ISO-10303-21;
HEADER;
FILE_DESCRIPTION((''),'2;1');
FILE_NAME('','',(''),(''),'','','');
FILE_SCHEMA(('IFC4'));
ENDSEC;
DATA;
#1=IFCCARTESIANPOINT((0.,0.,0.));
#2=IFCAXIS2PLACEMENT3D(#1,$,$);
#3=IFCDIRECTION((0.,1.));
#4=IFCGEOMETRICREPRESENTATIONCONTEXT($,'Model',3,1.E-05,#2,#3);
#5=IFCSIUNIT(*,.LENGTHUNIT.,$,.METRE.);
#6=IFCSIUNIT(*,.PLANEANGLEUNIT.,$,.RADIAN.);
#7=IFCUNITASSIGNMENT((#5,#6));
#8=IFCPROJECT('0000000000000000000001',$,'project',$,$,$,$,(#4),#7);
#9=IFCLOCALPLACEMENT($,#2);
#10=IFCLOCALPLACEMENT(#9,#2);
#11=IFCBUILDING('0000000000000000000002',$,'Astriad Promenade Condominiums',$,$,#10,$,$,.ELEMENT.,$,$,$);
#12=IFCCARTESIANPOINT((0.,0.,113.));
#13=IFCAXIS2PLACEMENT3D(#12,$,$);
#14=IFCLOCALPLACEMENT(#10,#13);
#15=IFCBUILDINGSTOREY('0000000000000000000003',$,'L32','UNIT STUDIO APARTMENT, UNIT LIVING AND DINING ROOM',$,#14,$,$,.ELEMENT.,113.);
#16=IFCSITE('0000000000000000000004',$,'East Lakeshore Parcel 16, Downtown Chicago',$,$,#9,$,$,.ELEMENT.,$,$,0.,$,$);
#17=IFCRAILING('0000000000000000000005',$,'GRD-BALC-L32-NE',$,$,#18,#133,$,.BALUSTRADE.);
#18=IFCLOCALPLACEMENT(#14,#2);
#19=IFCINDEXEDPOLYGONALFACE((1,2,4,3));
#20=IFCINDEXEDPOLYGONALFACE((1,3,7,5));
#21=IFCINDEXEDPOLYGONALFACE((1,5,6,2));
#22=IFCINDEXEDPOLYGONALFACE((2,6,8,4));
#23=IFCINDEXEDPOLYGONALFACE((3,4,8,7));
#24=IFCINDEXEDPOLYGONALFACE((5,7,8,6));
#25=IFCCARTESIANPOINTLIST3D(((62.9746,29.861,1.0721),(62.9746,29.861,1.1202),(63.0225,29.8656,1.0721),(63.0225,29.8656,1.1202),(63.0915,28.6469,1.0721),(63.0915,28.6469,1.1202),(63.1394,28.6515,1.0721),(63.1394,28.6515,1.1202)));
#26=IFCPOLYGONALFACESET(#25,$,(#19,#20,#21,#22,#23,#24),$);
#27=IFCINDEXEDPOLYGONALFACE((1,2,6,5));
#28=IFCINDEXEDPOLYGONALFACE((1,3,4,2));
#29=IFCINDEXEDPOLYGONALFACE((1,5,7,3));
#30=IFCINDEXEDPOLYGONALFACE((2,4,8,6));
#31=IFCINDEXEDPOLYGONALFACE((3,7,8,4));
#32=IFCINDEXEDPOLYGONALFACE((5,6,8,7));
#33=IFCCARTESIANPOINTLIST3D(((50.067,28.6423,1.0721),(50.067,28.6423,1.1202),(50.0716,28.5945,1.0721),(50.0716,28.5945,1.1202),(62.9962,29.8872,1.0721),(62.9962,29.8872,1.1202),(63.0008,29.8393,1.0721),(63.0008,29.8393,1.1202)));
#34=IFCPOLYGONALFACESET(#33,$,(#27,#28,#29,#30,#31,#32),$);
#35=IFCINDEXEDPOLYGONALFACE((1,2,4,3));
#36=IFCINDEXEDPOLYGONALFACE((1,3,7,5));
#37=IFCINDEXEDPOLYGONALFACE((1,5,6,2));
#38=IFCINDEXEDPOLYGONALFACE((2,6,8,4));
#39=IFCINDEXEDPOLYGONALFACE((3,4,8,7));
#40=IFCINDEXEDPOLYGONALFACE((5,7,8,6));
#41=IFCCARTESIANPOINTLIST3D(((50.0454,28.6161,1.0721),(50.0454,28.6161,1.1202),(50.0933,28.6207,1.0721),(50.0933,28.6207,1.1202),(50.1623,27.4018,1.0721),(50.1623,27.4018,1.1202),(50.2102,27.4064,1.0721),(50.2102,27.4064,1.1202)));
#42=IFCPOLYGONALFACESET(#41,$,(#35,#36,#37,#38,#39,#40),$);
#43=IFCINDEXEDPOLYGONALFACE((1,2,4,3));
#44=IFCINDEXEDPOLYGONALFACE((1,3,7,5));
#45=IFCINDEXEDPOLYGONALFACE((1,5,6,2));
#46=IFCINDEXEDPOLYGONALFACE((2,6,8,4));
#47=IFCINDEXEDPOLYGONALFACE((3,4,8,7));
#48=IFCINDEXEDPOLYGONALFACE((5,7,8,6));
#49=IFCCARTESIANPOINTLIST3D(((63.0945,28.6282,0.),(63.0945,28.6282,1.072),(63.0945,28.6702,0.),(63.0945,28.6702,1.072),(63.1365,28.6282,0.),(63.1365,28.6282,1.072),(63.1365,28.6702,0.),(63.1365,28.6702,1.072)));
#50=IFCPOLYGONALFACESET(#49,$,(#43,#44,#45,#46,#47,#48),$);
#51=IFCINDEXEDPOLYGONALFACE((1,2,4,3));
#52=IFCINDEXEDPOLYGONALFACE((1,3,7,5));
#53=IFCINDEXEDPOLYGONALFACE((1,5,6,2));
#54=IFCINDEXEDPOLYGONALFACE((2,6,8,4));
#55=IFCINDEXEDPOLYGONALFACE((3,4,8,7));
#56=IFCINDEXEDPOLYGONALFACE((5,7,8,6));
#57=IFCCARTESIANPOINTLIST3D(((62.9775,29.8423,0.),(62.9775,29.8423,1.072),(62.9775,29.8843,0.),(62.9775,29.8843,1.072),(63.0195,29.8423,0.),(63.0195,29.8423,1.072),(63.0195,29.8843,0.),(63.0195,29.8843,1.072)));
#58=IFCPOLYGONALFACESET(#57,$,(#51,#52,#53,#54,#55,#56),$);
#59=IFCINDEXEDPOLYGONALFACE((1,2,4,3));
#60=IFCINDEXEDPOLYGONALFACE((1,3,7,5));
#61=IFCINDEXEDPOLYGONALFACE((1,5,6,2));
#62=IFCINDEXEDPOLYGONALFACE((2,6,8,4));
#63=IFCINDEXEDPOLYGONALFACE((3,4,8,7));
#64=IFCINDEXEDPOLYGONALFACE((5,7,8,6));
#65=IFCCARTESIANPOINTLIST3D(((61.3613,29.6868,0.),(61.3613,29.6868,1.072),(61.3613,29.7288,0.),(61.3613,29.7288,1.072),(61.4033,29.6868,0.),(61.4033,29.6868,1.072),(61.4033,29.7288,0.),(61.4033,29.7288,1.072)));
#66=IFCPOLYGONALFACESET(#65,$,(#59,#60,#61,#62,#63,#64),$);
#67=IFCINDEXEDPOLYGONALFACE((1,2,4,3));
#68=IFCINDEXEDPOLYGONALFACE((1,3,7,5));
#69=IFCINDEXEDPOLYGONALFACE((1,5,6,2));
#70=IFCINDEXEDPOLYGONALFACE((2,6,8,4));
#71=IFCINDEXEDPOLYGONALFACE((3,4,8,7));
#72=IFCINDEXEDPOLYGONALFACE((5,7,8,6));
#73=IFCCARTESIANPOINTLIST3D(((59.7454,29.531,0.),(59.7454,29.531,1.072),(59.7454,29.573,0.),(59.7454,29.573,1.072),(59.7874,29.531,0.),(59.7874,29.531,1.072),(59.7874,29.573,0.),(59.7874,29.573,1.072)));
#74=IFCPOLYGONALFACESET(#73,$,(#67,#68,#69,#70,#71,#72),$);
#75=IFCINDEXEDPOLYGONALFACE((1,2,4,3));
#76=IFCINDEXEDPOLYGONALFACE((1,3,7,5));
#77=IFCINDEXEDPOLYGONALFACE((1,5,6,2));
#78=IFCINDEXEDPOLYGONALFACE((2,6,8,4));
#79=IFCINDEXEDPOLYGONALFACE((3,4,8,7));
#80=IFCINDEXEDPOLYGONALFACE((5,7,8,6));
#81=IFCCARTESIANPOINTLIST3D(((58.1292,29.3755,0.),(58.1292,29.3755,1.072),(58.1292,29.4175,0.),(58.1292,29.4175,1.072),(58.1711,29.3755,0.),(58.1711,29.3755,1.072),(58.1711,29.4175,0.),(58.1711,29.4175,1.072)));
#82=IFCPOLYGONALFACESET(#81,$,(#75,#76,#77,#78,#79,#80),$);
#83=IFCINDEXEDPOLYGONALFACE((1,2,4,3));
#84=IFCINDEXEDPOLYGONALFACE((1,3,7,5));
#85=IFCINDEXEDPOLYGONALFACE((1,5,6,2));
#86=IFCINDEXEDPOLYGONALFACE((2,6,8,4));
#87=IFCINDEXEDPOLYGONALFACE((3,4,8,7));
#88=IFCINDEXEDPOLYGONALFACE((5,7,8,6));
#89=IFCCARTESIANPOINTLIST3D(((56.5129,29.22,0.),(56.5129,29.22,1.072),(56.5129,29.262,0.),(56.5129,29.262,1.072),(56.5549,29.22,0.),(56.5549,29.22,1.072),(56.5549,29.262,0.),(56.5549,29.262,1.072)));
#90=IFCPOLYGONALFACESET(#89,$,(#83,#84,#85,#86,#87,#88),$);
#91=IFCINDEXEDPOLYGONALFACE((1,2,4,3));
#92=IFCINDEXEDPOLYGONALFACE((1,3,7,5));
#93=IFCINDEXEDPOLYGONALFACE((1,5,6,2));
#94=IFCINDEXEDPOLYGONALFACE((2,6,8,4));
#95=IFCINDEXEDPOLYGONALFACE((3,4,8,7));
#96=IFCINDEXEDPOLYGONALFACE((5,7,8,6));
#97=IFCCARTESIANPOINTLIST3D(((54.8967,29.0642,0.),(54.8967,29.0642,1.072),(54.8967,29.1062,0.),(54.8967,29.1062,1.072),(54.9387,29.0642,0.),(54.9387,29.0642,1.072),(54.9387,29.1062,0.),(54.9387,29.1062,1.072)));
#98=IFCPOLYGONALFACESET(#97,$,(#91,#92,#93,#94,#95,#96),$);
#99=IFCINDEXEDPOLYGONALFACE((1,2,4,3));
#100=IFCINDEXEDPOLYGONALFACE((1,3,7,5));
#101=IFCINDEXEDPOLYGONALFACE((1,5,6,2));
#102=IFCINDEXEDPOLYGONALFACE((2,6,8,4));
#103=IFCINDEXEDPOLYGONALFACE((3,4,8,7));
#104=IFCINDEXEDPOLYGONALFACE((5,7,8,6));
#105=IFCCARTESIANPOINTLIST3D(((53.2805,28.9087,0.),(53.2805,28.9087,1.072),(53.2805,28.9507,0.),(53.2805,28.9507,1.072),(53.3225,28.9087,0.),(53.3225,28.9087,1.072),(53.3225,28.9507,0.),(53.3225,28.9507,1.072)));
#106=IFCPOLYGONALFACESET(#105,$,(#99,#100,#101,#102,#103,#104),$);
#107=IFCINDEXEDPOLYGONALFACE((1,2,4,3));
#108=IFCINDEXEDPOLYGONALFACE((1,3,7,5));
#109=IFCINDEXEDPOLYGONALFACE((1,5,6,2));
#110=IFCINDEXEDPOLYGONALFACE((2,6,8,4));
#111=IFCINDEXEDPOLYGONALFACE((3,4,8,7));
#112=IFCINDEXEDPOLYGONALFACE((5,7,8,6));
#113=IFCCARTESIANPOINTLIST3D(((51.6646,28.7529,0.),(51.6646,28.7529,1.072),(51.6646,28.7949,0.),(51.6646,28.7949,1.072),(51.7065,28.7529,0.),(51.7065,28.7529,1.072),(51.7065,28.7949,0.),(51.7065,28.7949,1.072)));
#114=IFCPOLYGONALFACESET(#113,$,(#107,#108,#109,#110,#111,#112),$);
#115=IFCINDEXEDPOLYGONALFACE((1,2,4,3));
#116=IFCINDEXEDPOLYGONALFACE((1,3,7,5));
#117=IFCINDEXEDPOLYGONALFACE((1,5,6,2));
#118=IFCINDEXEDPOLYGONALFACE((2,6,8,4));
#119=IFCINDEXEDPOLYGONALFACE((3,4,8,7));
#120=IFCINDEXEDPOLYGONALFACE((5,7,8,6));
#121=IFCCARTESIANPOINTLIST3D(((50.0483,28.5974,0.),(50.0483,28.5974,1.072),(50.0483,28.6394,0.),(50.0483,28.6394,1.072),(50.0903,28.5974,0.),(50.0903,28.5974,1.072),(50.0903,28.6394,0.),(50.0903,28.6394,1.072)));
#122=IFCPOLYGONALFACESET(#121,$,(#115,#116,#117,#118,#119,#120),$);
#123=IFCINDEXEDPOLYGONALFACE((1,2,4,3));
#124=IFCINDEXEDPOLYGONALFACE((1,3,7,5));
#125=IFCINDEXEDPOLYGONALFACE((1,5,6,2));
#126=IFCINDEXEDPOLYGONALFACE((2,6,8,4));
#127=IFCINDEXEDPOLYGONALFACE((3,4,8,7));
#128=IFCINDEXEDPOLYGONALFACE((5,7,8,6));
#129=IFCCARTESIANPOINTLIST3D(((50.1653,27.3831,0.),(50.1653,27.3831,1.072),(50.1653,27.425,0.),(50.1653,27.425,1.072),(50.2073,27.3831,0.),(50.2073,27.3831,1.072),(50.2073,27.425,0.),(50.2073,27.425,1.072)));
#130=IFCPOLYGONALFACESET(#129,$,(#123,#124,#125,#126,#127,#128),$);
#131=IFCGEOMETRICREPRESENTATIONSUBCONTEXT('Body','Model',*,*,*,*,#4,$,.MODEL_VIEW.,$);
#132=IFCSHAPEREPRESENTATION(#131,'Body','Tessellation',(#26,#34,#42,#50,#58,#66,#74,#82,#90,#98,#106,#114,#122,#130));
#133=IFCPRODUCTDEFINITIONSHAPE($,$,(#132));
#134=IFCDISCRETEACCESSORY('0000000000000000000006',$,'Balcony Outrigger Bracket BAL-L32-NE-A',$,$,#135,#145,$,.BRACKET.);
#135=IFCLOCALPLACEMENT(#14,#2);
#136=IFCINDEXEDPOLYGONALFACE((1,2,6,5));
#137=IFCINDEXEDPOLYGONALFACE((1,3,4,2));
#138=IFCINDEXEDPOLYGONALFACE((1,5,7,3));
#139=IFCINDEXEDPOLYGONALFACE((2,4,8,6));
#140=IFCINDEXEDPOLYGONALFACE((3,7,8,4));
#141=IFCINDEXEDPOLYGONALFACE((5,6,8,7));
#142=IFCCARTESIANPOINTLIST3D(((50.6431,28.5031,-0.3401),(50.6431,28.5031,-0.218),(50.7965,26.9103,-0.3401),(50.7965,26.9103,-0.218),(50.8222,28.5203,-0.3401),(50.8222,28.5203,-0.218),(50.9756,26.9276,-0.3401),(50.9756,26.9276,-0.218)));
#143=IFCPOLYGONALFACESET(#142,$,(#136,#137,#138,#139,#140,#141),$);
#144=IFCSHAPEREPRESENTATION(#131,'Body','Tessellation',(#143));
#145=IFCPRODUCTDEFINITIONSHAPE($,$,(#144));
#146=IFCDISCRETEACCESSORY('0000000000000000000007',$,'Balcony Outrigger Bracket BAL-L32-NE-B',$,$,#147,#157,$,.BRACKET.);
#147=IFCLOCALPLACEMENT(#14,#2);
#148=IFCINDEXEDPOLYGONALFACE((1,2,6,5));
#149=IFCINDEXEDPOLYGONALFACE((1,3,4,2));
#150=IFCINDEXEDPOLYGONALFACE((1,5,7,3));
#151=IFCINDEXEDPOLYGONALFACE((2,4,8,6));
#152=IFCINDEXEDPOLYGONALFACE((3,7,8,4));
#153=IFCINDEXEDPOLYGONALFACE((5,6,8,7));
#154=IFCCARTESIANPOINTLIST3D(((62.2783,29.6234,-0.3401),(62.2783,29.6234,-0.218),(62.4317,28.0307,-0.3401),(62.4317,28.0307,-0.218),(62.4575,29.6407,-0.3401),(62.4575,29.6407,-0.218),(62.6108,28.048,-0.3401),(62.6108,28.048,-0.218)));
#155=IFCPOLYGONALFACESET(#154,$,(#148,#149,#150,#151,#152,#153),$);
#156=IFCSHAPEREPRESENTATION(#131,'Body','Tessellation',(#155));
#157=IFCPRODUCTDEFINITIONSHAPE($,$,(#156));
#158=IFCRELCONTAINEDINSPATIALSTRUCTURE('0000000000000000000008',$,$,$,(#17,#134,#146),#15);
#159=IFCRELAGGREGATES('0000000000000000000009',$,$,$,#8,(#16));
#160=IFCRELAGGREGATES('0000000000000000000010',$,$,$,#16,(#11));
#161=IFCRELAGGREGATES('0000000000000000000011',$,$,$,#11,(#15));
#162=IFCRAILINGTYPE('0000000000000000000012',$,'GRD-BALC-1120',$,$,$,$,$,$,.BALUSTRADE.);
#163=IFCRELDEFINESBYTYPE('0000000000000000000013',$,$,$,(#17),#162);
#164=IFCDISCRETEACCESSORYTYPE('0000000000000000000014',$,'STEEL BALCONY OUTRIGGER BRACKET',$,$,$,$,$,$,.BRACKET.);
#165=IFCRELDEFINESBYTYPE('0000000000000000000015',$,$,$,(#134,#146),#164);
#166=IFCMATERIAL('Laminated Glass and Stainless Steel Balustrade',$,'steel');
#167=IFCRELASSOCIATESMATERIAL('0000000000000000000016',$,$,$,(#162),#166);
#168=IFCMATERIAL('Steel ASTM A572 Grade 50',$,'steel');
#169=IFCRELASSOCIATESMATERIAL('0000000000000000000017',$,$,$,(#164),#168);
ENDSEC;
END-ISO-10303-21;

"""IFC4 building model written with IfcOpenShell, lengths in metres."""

from ifc_helpers import new_model, si_unit, direction, frame, origin, origin_2d, place, context, subcontext, project, spatial, rectangle, extrude, source, transform, mapped, material, type_object, type_shapes, element, save


model = new_model("IFC4")

# Units and contexts
model_context = context("Model", 3, precision=1e-05, world=origin(), true_north=direction((0.0, 1.0)))
body_context = subcontext(model_context, "Body", "Model", "MODEL_VIEW")
ifc_project = project(units=[si_unit("LENGTHUNIT", "METRE"), si_unit("PLANEANGLEUNIT", "RADIAN")], contexts=[model_context])

# Site, building, storey
site_placement = place(None, origin())
site = spatial("IfcSite", under=ifc_project, at=site_placement, Name="East Lakeshore Parcel 16, Downtown Chicago", CompositionType="ELEMENT", RefElevation=0.0)
building_placement = place(site_placement, origin())
building = spatial("IfcBuilding", under=site, at=building_placement, Name="Astriad Promenade Condominiums", CompositionType="ELEMENT")
storey_placement = place(building_placement, frame((0.0, 0.0, 113.0)))
storey = spatial("IfcBuildingStorey", under=building, at=storey_placement, Name="L32", Description="UNIT STUDIO APARTMENT, UNIT LIVING AND DINING ROOM", CompositionType="ELEMENT", Elevation=113.0)

# Railing
ifc_material_1 = material(Name="Laminated Glass and Stainless Steel Balustrade", Category="steel")
railing_type = type_object("IfcRailingType", Name="GRD-BALC-1120", PredefinedType="BALUSTRADE", material=ifc_material_1)
shared_shape_1 = source(origin(), body_context, "Body", "SweptSolid", [
    extrude(rectangle(XDim=0.0481, YDim=0.0481, at=origin_2d()), frame((0.0, 0.0, 1.0962), z_axis=(-0.095876, 0.995393, 0.0), x_axis=(-0.995393, -0.095876, 0.0)), (0.0, 0.0, 1.0), 1.2197),
    extrude(rectangle(XDim=0.0481, YDim=0.0481, at=origin_2d()), frame((-0.1169, 1.2141, 1.0962), z_axis=(-0.995397, -0.095841, 0.0), x_axis=(0.095841, -0.995397, 0.0)), (0.0, 0.0, 1.0), 12.989),
    extrude(rectangle(XDim=0.0481, YDim=0.0481, at=origin_2d()), frame((-13.0461, -0.0308, 1.0962), z_axis=(0.095857, -0.995395, 0.0), x_axis=(0.995395, 0.095857, 0.0)), (0.0, 0.0, 1.0), 1.22),
    extrude(rectangle(XDim=0.042, YDim=0.042, at=origin_2d()), origin(), (0.0, 0.0, 1.0), 1.072),
    extrude(rectangle(XDim=0.042, YDim=0.042, at=origin_2d()), frame((-0.1169, 1.2141, 0.0)), (0.0, 0.0, 1.0), 1.072),
    extrude(rectangle(XDim=0.042, YDim=0.042, at=origin_2d()), frame((-1.7332, 1.0586, 0.0)), (0.0, 0.0, 1.0), 1.072),
    extrude(rectangle(XDim=0.042, YDim=0.042, at=origin_2d()), frame((-3.3491, 0.9028, 0.0)), (0.0, 0.0, 1.0), 1.072),
    extrude(rectangle(XDim=0.042, YDim=0.042, at=origin_2d()), frame((-4.9653, 0.7473, 0.0)), (0.0, 0.0, 1.0), 1.072),
    extrude(rectangle(XDim=0.042, YDim=0.042, at=origin_2d()), frame((-6.5815, 0.5918, 0.0)), (0.0, 0.0, 1.0), 1.072),
    extrude(rectangle(XDim=0.042, YDim=0.042, at=origin_2d()), frame((-8.1978, 0.436, 0.0)), (0.0, 0.0, 1.0), 1.072),
    extrude(rectangle(XDim=0.042, YDim=0.042, at=origin_2d()), frame((-9.814, 0.2805, 0.0)), (0.0, 0.0, 1.0), 1.072),
    extrude(rectangle(XDim=0.042, YDim=0.042, at=origin_2d()), frame((-11.4299, 0.1248, 0.0)), (0.0, 0.0, 1.0), 1.072),
    extrude(rectangle(XDim=0.042, YDim=0.042, at=origin_2d()), frame((-13.0461, -0.0308, 0.0)), (0.0, 0.0, 1.0), 1.072),
    extrude(rectangle(XDim=0.042, YDim=0.042, at=origin_2d()), frame((-12.9292, -1.2451, 0.0)), (0.0, 0.0, 1.0), 1.072),
])
type_shapes(railing_type, [shared_shape_1])
railing_placement = place(storey_placement, frame((63.1155, 28.6492, 0.0)))
element("IfcRailing", 1, at=railing_placement, inside=storey, type_object=railing_type, Name="GRD-BALC-L32-NE", PredefinedType="BALUSTRADE", context=body_context, shape_type="MappedRepresentation", body=[
    mapped(shared_shape_1, transform((0.0, 0.0, 0.0), scale=1.0)),
])

# Discrete accessories
ifc_material_2 = material(Name="Steel ASTM A572 Grade 50", Category="steel")
discrete_accessory_type = type_object("IfcDiscreteAccessoryType", Name="STEEL BALCONY OUTRIGGER BRACKET", PredefinedType="BRACKET", material=ifc_material_2)
shared_shape_2 = source(origin(), body_context, "Body", "SweptSolid", [
    extrude(rectangle(XDim=1.6001, YDim=0.1799, at=origin_2d()), origin(), (0.0, 0.0, 1.0), 0.1221),
])
type_shapes(discrete_accessory_type, [shared_shape_2])
for number, where, z_axis, x_axis, name in (
    (2, (50.8093, 27.7153, -0.3401), (0.0, 0.0, 1.0), (-0.095846, 0.995396, 0.0), "Balcony Outrigger Bracket BAL-L32-NE-A"),
    (3, (62.4446, 28.8357, -0.3401), (0.0, 0.0, 1.0), (-0.095846, 0.995396, 0.0), "Balcony Outrigger Bracket BAL-L32-NE-B"),
):
    element("IfcDiscreteAccessory", number, at=place(storey_placement, frame(where, z_axis=z_axis, x_axis=x_axis)), inside=storey, type_object=discrete_accessory_type, Name=name, PredefinedType="BRACKET", context=body_context, shape_type="MappedRepresentation", body=[
        mapped(shared_shape_2, transform((0.0, 0.0, 0.0), scale=1.0)),
    ])

save(model, "model.ifc")
